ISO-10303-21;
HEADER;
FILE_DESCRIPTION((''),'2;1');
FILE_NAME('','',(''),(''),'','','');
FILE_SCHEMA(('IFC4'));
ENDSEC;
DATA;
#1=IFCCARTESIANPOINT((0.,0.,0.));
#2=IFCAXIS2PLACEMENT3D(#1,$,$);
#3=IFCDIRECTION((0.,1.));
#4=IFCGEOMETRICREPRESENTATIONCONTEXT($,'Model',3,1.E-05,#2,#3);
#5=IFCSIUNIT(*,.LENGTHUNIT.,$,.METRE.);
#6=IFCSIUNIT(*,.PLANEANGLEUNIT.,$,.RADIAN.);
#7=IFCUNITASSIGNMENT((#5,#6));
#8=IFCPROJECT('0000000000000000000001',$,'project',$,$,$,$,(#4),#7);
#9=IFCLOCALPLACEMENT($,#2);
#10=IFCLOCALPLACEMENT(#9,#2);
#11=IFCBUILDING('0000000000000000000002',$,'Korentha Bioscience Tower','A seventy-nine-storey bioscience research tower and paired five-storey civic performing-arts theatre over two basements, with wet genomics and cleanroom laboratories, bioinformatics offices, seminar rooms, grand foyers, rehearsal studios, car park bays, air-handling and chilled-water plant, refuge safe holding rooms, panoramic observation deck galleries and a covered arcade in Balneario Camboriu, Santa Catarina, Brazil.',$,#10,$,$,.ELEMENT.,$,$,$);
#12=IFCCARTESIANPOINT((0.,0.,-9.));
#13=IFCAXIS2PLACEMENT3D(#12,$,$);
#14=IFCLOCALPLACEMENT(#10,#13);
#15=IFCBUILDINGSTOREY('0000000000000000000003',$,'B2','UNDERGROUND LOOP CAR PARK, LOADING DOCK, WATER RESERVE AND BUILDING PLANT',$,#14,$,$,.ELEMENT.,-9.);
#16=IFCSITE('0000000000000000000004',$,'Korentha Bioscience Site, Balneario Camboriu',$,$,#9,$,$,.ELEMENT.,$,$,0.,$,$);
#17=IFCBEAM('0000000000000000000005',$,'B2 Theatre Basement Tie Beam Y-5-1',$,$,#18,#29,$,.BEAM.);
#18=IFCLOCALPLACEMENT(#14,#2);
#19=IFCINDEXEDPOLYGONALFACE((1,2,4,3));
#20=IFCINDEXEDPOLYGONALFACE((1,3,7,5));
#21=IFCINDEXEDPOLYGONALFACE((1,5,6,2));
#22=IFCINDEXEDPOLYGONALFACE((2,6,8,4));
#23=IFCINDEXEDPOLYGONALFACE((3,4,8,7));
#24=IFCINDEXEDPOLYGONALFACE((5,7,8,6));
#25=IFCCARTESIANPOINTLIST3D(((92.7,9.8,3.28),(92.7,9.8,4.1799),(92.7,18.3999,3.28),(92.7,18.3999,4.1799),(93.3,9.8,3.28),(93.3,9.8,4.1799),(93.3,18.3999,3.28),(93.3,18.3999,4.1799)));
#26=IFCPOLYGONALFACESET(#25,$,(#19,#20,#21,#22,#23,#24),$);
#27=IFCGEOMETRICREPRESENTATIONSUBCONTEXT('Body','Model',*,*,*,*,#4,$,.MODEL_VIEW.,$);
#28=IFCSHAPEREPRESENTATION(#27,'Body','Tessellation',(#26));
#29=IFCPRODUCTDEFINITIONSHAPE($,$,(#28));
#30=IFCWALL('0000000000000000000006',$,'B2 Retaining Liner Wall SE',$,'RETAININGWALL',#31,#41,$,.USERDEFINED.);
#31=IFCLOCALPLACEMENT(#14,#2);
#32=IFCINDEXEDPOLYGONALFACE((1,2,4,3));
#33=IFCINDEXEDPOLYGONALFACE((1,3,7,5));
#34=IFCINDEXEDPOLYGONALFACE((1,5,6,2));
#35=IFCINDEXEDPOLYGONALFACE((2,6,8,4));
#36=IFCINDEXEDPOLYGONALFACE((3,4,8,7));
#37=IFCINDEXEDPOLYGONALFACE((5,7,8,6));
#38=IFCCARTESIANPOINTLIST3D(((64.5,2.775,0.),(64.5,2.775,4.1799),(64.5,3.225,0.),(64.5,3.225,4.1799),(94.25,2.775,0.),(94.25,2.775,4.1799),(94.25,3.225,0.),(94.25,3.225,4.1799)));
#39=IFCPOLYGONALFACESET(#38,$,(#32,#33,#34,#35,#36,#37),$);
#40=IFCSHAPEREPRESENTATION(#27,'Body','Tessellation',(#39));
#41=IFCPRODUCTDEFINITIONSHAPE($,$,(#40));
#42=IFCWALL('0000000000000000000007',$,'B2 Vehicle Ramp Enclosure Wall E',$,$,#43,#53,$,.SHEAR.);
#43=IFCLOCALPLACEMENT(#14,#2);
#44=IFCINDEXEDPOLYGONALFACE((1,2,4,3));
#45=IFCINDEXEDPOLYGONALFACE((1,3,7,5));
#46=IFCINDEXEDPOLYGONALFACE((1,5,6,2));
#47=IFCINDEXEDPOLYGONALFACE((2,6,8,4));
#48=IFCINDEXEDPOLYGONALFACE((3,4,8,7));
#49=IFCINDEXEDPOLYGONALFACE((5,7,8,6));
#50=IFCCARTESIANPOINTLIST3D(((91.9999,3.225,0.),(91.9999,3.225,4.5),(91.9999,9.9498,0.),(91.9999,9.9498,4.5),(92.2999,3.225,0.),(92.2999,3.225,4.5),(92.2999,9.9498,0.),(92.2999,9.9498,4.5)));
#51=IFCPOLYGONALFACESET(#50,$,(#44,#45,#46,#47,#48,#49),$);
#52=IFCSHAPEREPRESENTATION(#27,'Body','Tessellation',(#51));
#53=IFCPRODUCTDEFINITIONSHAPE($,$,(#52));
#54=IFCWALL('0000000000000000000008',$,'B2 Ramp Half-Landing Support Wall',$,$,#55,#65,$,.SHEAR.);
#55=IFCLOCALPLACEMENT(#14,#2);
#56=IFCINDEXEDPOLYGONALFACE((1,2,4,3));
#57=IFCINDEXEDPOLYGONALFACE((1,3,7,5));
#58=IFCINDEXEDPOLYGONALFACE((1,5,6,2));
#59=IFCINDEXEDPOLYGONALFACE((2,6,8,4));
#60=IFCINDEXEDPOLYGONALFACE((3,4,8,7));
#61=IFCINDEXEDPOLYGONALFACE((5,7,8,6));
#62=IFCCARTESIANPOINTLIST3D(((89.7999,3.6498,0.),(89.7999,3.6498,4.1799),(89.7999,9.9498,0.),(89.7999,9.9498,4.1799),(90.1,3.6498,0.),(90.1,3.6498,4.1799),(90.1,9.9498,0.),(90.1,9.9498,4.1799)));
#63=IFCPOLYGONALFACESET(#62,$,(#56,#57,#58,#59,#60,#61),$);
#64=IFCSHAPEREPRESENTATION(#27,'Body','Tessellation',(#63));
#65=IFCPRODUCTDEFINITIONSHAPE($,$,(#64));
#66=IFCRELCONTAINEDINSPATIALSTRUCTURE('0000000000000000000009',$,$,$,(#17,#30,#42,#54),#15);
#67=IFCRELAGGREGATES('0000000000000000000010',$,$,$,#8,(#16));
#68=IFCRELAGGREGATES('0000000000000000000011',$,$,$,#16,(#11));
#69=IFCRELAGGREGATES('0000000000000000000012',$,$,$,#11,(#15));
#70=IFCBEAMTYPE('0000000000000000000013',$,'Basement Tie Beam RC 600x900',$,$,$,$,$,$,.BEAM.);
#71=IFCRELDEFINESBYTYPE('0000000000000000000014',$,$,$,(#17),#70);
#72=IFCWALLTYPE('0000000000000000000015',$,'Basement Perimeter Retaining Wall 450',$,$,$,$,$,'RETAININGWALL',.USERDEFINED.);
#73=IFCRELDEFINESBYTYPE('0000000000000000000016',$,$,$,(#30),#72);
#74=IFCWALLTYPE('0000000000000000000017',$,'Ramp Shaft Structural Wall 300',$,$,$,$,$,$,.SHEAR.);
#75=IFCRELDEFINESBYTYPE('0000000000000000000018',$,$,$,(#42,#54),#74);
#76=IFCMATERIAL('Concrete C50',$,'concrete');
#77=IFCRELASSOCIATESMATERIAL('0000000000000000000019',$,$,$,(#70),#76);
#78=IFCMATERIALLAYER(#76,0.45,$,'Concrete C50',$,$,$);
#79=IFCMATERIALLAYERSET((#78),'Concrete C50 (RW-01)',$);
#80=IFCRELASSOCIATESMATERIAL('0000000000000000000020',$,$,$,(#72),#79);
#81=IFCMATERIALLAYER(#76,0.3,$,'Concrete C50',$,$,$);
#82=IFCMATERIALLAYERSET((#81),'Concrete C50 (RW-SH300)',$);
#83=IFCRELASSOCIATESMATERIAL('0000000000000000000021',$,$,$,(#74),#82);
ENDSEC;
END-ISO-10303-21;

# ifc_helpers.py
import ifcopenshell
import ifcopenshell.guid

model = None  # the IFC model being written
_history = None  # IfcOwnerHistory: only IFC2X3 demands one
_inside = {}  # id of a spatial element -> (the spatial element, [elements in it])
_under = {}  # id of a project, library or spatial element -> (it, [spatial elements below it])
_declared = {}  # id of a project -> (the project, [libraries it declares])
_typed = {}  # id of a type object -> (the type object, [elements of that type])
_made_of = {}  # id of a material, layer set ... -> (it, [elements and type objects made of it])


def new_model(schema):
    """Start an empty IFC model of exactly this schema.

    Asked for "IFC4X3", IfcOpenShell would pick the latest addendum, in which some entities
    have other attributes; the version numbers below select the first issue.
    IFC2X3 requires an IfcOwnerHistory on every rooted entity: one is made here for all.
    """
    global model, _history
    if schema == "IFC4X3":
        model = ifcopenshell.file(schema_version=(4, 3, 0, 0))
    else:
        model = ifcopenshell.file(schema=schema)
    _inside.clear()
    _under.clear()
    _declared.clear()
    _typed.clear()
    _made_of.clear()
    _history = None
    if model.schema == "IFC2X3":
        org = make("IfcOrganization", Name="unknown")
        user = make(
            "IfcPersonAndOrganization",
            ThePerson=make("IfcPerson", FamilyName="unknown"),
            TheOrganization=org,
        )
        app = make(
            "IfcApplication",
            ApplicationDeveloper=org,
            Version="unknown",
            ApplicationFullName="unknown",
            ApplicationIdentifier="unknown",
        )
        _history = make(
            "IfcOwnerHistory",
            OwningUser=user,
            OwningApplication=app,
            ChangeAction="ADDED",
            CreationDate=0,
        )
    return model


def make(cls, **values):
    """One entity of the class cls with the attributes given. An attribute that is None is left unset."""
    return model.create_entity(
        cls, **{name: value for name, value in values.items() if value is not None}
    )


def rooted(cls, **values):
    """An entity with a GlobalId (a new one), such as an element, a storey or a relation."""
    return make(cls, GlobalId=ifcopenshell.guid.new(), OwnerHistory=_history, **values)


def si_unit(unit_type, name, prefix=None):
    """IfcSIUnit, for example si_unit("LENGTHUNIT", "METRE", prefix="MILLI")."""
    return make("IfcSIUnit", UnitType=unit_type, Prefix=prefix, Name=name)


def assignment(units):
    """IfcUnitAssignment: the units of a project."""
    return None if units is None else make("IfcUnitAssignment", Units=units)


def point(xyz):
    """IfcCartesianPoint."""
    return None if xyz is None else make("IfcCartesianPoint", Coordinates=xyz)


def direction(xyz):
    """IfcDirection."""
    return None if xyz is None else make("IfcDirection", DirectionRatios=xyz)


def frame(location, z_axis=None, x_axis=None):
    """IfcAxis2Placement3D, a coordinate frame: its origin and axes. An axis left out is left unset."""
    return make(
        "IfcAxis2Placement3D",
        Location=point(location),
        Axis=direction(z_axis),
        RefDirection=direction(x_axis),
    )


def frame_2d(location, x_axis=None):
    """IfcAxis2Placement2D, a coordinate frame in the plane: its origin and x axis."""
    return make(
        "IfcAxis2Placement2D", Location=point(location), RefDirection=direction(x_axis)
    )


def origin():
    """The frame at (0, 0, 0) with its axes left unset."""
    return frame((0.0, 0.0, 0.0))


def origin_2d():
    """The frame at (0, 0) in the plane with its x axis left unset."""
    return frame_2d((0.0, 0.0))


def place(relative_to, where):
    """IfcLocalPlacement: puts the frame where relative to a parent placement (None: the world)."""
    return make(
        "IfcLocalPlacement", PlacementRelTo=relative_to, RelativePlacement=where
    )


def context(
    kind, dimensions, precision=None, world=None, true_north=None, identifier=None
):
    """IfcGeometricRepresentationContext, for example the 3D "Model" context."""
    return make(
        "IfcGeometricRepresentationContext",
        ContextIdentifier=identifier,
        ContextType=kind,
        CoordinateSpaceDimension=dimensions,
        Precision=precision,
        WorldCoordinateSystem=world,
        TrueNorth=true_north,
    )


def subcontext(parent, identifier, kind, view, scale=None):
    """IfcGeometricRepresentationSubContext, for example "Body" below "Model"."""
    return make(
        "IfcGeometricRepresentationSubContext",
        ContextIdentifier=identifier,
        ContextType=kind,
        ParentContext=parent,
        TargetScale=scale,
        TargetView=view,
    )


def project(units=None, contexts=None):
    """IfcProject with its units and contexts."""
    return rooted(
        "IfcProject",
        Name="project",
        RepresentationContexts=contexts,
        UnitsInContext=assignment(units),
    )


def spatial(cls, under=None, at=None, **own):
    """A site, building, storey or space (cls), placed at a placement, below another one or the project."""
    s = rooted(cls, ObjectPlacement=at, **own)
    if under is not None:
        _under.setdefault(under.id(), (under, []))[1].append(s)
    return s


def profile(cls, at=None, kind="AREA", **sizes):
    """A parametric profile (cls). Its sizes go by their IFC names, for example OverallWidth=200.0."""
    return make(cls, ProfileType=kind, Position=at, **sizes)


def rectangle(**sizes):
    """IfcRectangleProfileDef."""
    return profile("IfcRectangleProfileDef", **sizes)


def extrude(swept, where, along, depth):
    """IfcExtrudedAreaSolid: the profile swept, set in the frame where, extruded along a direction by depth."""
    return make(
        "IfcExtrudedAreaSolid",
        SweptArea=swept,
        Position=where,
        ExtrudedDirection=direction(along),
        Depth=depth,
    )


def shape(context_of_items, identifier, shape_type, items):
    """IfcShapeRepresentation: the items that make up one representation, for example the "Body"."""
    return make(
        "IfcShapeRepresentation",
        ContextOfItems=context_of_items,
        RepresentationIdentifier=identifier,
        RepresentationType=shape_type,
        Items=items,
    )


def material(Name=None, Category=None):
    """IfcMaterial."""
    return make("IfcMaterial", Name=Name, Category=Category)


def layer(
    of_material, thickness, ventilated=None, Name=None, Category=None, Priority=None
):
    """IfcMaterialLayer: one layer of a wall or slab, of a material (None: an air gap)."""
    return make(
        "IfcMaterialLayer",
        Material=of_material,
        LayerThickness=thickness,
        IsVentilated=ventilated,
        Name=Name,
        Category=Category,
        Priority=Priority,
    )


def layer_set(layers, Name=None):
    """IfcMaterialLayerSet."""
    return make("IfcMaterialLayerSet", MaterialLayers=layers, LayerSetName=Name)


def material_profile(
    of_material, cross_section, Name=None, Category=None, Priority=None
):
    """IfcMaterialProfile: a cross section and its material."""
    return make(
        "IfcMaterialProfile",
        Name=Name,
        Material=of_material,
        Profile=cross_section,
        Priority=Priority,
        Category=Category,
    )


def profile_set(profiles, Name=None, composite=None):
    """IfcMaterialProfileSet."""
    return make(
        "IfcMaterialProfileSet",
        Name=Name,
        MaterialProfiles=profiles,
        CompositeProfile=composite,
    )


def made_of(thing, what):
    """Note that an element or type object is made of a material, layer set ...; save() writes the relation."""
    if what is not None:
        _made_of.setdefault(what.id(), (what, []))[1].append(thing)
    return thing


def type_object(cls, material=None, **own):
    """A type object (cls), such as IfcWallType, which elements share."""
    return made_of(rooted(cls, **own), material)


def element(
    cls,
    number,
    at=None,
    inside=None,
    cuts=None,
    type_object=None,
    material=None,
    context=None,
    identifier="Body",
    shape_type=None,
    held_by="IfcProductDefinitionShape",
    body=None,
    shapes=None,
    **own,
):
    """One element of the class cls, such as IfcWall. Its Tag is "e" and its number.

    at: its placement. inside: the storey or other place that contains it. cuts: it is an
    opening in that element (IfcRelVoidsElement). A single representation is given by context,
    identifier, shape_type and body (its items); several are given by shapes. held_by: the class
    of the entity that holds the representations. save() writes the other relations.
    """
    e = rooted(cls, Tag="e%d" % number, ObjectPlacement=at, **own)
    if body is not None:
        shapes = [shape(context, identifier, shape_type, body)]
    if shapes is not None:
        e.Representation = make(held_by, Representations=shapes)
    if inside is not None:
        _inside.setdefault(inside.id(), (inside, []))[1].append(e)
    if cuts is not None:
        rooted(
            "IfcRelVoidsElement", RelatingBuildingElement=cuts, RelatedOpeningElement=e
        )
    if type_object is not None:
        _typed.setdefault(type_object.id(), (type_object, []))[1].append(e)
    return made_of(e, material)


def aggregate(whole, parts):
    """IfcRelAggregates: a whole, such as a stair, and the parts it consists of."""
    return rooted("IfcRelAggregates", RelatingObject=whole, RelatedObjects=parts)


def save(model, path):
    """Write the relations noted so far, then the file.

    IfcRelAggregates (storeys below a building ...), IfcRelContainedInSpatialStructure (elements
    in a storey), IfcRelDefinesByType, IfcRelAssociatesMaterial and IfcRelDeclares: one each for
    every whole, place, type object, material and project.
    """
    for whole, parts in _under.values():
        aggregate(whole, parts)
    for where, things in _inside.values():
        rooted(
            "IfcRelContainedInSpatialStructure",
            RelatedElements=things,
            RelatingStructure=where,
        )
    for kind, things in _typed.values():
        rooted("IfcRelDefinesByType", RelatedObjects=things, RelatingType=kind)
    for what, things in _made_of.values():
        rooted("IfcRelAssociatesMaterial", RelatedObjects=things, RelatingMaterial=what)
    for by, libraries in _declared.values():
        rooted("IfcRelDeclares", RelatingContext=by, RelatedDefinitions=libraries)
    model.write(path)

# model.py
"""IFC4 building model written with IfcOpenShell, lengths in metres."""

from ifc_helpers import new_model, si_unit, direction, frame, frame_2d, origin, origin_2d, place, context, subcontext, project, spatial, rectangle, extrude, material, layer, layer_set, material_profile, profile_set, type_object, element, save


model = new_model("IFC4")

# Units and contexts
model_context = context("Model", 3, precision=1e-05, world=origin(), true_north=direction((0.0, 1.0)))
body_context = subcontext(model_context, "Body", "Model", "MODEL_VIEW")
ifc_project = project(units=[si_unit("LENGTHUNIT", "METRE"), si_unit("PLANEANGLEUNIT", "RADIAN")], contexts=[model_context])

# Site, building, storey
site_placement = place(None, origin())
site = spatial("IfcSite", under=ifc_project, at=site_placement, Name="Korentha Bioscience Site, Balneario Camboriu", CompositionType="ELEMENT", RefElevation=0.0)
building_placement = place(site_placement, origin())
building = spatial("IfcBuilding", under=site, at=building_placement, Name="Korentha Bioscience Tower", Description="A seventy-nine-storey bioscience research tower and paired five-storey civic performing-arts theatre over two basements, with wet genomics and cleanroom laboratories, bioinformatics offices, seminar rooms, grand foyers, rehearsal studios, car park bays, air-handling and chilled-water plant, refuge safe holding rooms, panoramic observation deck galleries and a covered arcade in Balneario Camboriu, Santa Catarina, Brazil.", CompositionType="ELEMENT")
storey_placement = place(building_placement, frame((0.0, 0.0, -9.0)))
storey = spatial("IfcBuildingStorey", under=building, at=storey_placement, Name="B2", Description="UNDERGROUND LOOP CAR PARK, LOADING DOCK, WATER RESERVE AND BUILDING PLANT", CompositionType="ELEMENT", Elevation=-9.0)

# Shared definitions
ifc_material_1 = material(Name="Concrete C50", Category="concrete")

# Beam
ifc_material_profile_1 = material_profile(ifc_material_1, rectangle(XDim=0.6001, YDim=0.8999, at=origin_2d()), Name="Concrete C50")
ifc_profile_set_1 = profile_set([ifc_material_profile_1], Name="Concrete C50 (BB-600)")
beam_type_1 = type_object("IfcBeamType", Name="Basement Tie Beam RC 600x900", PredefinedType="BEAM", material=ifc_profile_set_1)
for number, where, z_axis, x_axis, name in (
    (1, (93.0, 9.8, 3.73), (0.0, 1.0, 0.0), (-1.0, 0.0, 0.0), "B2 Theatre Basement Tie Beam Y-5-1"),
):
    element("IfcBeam", number, at=place(storey_placement, frame(where, z_axis=z_axis, x_axis=x_axis)), inside=storey, type_object=beam_type_1, Name=name, PredefinedType="BEAM", context=body_context, shape_type="SweptSolid", body=[
        extrude(rectangle(XDim=0.6001, YDim=0.8999, at=origin_2d()), origin(), (0.0, 0.0, 1.0), 8.5999),
    ])

# Walls
ifc_layer_1 = layer(ifc_material_1, 0.45, Name="Concrete C50")
ifc_layer_set_1 = layer_set([ifc_layer_1], Name="Concrete C50 (RW-01)")
wall_type_1 = type_object("IfcWallType", Name="Basement Perimeter Retaining Wall 450", ElementType="RETAININGWALL", PredefinedType="USERDEFINED", material=ifc_layer_set_1)
wall_1_placement = place(storey_placement, frame((94.25, 3.0, 0.0), z_axis=(0.0, 0.0, 1.0), x_axis=(-1.0, 0.0, 0.0)))
element("IfcWall", 2, at=wall_1_placement, inside=storey, type_object=wall_type_1, Name="B2 Retaining Liner Wall SE", ObjectType="RETAININGWALL", PredefinedType="USERDEFINED", context=body_context, shape_type="SweptSolid", body=[
    extrude(rectangle(XDim=29.75, YDim=0.45, at=frame_2d((14.875, 0.0))), origin(), (0.0, 0.0, 1.0), 4.1799),
])
ifc_layer_2 = layer(ifc_material_1, 0.3, Name="Concrete C50")
ifc_layer_set_2 = layer_set([ifc_layer_2], Name="Concrete C50 (RW-SH300)")
wall_type_2 = type_object("IfcWallType", Name="Ramp Shaft Structural Wall 300", PredefinedType="SHEAR", material=ifc_layer_set_2)
wall_2_placement = place(storey_placement, frame((92.1499, 3.2251, 0.0), z_axis=(0.0, 0.0, 1.0), x_axis=(0.0, 1.0, 0.0)))
element("IfcWall", 3, at=wall_2_placement, inside=storey, type_object=wall_type_2, Name="B2 Vehicle Ramp Enclosure Wall E", PredefinedType="SHEAR", context=body_context, shape_type="SweptSolid", body=[
    extrude(rectangle(XDim=6.7249, YDim=0.3, at=frame_2d((3.3623, 0.0))), origin(), (0.0, 0.0, 1.0), 4.5),
])
wall_3_placement = place(storey_placement, frame((89.95, 3.6499, 0.0), z_axis=(0.0, 0.0, 1.0), x_axis=(0.0, 1.0, 0.0)))
element("IfcWall", 4, at=wall_3_placement, inside=storey, type_object=wall_type_2, Name="B2 Ramp Half-Landing Support Wall", PredefinedType="SHEAR", context=body_context, shape_type="SweptSolid", body=[
    extrude(rectangle(XDim=6.3, YDim=0.3, at=frame_2d((3.1499, 0.0))), origin(), (0.0, 0.0, 1.0), 4.1799),
])

save(model, "model.ifc")
